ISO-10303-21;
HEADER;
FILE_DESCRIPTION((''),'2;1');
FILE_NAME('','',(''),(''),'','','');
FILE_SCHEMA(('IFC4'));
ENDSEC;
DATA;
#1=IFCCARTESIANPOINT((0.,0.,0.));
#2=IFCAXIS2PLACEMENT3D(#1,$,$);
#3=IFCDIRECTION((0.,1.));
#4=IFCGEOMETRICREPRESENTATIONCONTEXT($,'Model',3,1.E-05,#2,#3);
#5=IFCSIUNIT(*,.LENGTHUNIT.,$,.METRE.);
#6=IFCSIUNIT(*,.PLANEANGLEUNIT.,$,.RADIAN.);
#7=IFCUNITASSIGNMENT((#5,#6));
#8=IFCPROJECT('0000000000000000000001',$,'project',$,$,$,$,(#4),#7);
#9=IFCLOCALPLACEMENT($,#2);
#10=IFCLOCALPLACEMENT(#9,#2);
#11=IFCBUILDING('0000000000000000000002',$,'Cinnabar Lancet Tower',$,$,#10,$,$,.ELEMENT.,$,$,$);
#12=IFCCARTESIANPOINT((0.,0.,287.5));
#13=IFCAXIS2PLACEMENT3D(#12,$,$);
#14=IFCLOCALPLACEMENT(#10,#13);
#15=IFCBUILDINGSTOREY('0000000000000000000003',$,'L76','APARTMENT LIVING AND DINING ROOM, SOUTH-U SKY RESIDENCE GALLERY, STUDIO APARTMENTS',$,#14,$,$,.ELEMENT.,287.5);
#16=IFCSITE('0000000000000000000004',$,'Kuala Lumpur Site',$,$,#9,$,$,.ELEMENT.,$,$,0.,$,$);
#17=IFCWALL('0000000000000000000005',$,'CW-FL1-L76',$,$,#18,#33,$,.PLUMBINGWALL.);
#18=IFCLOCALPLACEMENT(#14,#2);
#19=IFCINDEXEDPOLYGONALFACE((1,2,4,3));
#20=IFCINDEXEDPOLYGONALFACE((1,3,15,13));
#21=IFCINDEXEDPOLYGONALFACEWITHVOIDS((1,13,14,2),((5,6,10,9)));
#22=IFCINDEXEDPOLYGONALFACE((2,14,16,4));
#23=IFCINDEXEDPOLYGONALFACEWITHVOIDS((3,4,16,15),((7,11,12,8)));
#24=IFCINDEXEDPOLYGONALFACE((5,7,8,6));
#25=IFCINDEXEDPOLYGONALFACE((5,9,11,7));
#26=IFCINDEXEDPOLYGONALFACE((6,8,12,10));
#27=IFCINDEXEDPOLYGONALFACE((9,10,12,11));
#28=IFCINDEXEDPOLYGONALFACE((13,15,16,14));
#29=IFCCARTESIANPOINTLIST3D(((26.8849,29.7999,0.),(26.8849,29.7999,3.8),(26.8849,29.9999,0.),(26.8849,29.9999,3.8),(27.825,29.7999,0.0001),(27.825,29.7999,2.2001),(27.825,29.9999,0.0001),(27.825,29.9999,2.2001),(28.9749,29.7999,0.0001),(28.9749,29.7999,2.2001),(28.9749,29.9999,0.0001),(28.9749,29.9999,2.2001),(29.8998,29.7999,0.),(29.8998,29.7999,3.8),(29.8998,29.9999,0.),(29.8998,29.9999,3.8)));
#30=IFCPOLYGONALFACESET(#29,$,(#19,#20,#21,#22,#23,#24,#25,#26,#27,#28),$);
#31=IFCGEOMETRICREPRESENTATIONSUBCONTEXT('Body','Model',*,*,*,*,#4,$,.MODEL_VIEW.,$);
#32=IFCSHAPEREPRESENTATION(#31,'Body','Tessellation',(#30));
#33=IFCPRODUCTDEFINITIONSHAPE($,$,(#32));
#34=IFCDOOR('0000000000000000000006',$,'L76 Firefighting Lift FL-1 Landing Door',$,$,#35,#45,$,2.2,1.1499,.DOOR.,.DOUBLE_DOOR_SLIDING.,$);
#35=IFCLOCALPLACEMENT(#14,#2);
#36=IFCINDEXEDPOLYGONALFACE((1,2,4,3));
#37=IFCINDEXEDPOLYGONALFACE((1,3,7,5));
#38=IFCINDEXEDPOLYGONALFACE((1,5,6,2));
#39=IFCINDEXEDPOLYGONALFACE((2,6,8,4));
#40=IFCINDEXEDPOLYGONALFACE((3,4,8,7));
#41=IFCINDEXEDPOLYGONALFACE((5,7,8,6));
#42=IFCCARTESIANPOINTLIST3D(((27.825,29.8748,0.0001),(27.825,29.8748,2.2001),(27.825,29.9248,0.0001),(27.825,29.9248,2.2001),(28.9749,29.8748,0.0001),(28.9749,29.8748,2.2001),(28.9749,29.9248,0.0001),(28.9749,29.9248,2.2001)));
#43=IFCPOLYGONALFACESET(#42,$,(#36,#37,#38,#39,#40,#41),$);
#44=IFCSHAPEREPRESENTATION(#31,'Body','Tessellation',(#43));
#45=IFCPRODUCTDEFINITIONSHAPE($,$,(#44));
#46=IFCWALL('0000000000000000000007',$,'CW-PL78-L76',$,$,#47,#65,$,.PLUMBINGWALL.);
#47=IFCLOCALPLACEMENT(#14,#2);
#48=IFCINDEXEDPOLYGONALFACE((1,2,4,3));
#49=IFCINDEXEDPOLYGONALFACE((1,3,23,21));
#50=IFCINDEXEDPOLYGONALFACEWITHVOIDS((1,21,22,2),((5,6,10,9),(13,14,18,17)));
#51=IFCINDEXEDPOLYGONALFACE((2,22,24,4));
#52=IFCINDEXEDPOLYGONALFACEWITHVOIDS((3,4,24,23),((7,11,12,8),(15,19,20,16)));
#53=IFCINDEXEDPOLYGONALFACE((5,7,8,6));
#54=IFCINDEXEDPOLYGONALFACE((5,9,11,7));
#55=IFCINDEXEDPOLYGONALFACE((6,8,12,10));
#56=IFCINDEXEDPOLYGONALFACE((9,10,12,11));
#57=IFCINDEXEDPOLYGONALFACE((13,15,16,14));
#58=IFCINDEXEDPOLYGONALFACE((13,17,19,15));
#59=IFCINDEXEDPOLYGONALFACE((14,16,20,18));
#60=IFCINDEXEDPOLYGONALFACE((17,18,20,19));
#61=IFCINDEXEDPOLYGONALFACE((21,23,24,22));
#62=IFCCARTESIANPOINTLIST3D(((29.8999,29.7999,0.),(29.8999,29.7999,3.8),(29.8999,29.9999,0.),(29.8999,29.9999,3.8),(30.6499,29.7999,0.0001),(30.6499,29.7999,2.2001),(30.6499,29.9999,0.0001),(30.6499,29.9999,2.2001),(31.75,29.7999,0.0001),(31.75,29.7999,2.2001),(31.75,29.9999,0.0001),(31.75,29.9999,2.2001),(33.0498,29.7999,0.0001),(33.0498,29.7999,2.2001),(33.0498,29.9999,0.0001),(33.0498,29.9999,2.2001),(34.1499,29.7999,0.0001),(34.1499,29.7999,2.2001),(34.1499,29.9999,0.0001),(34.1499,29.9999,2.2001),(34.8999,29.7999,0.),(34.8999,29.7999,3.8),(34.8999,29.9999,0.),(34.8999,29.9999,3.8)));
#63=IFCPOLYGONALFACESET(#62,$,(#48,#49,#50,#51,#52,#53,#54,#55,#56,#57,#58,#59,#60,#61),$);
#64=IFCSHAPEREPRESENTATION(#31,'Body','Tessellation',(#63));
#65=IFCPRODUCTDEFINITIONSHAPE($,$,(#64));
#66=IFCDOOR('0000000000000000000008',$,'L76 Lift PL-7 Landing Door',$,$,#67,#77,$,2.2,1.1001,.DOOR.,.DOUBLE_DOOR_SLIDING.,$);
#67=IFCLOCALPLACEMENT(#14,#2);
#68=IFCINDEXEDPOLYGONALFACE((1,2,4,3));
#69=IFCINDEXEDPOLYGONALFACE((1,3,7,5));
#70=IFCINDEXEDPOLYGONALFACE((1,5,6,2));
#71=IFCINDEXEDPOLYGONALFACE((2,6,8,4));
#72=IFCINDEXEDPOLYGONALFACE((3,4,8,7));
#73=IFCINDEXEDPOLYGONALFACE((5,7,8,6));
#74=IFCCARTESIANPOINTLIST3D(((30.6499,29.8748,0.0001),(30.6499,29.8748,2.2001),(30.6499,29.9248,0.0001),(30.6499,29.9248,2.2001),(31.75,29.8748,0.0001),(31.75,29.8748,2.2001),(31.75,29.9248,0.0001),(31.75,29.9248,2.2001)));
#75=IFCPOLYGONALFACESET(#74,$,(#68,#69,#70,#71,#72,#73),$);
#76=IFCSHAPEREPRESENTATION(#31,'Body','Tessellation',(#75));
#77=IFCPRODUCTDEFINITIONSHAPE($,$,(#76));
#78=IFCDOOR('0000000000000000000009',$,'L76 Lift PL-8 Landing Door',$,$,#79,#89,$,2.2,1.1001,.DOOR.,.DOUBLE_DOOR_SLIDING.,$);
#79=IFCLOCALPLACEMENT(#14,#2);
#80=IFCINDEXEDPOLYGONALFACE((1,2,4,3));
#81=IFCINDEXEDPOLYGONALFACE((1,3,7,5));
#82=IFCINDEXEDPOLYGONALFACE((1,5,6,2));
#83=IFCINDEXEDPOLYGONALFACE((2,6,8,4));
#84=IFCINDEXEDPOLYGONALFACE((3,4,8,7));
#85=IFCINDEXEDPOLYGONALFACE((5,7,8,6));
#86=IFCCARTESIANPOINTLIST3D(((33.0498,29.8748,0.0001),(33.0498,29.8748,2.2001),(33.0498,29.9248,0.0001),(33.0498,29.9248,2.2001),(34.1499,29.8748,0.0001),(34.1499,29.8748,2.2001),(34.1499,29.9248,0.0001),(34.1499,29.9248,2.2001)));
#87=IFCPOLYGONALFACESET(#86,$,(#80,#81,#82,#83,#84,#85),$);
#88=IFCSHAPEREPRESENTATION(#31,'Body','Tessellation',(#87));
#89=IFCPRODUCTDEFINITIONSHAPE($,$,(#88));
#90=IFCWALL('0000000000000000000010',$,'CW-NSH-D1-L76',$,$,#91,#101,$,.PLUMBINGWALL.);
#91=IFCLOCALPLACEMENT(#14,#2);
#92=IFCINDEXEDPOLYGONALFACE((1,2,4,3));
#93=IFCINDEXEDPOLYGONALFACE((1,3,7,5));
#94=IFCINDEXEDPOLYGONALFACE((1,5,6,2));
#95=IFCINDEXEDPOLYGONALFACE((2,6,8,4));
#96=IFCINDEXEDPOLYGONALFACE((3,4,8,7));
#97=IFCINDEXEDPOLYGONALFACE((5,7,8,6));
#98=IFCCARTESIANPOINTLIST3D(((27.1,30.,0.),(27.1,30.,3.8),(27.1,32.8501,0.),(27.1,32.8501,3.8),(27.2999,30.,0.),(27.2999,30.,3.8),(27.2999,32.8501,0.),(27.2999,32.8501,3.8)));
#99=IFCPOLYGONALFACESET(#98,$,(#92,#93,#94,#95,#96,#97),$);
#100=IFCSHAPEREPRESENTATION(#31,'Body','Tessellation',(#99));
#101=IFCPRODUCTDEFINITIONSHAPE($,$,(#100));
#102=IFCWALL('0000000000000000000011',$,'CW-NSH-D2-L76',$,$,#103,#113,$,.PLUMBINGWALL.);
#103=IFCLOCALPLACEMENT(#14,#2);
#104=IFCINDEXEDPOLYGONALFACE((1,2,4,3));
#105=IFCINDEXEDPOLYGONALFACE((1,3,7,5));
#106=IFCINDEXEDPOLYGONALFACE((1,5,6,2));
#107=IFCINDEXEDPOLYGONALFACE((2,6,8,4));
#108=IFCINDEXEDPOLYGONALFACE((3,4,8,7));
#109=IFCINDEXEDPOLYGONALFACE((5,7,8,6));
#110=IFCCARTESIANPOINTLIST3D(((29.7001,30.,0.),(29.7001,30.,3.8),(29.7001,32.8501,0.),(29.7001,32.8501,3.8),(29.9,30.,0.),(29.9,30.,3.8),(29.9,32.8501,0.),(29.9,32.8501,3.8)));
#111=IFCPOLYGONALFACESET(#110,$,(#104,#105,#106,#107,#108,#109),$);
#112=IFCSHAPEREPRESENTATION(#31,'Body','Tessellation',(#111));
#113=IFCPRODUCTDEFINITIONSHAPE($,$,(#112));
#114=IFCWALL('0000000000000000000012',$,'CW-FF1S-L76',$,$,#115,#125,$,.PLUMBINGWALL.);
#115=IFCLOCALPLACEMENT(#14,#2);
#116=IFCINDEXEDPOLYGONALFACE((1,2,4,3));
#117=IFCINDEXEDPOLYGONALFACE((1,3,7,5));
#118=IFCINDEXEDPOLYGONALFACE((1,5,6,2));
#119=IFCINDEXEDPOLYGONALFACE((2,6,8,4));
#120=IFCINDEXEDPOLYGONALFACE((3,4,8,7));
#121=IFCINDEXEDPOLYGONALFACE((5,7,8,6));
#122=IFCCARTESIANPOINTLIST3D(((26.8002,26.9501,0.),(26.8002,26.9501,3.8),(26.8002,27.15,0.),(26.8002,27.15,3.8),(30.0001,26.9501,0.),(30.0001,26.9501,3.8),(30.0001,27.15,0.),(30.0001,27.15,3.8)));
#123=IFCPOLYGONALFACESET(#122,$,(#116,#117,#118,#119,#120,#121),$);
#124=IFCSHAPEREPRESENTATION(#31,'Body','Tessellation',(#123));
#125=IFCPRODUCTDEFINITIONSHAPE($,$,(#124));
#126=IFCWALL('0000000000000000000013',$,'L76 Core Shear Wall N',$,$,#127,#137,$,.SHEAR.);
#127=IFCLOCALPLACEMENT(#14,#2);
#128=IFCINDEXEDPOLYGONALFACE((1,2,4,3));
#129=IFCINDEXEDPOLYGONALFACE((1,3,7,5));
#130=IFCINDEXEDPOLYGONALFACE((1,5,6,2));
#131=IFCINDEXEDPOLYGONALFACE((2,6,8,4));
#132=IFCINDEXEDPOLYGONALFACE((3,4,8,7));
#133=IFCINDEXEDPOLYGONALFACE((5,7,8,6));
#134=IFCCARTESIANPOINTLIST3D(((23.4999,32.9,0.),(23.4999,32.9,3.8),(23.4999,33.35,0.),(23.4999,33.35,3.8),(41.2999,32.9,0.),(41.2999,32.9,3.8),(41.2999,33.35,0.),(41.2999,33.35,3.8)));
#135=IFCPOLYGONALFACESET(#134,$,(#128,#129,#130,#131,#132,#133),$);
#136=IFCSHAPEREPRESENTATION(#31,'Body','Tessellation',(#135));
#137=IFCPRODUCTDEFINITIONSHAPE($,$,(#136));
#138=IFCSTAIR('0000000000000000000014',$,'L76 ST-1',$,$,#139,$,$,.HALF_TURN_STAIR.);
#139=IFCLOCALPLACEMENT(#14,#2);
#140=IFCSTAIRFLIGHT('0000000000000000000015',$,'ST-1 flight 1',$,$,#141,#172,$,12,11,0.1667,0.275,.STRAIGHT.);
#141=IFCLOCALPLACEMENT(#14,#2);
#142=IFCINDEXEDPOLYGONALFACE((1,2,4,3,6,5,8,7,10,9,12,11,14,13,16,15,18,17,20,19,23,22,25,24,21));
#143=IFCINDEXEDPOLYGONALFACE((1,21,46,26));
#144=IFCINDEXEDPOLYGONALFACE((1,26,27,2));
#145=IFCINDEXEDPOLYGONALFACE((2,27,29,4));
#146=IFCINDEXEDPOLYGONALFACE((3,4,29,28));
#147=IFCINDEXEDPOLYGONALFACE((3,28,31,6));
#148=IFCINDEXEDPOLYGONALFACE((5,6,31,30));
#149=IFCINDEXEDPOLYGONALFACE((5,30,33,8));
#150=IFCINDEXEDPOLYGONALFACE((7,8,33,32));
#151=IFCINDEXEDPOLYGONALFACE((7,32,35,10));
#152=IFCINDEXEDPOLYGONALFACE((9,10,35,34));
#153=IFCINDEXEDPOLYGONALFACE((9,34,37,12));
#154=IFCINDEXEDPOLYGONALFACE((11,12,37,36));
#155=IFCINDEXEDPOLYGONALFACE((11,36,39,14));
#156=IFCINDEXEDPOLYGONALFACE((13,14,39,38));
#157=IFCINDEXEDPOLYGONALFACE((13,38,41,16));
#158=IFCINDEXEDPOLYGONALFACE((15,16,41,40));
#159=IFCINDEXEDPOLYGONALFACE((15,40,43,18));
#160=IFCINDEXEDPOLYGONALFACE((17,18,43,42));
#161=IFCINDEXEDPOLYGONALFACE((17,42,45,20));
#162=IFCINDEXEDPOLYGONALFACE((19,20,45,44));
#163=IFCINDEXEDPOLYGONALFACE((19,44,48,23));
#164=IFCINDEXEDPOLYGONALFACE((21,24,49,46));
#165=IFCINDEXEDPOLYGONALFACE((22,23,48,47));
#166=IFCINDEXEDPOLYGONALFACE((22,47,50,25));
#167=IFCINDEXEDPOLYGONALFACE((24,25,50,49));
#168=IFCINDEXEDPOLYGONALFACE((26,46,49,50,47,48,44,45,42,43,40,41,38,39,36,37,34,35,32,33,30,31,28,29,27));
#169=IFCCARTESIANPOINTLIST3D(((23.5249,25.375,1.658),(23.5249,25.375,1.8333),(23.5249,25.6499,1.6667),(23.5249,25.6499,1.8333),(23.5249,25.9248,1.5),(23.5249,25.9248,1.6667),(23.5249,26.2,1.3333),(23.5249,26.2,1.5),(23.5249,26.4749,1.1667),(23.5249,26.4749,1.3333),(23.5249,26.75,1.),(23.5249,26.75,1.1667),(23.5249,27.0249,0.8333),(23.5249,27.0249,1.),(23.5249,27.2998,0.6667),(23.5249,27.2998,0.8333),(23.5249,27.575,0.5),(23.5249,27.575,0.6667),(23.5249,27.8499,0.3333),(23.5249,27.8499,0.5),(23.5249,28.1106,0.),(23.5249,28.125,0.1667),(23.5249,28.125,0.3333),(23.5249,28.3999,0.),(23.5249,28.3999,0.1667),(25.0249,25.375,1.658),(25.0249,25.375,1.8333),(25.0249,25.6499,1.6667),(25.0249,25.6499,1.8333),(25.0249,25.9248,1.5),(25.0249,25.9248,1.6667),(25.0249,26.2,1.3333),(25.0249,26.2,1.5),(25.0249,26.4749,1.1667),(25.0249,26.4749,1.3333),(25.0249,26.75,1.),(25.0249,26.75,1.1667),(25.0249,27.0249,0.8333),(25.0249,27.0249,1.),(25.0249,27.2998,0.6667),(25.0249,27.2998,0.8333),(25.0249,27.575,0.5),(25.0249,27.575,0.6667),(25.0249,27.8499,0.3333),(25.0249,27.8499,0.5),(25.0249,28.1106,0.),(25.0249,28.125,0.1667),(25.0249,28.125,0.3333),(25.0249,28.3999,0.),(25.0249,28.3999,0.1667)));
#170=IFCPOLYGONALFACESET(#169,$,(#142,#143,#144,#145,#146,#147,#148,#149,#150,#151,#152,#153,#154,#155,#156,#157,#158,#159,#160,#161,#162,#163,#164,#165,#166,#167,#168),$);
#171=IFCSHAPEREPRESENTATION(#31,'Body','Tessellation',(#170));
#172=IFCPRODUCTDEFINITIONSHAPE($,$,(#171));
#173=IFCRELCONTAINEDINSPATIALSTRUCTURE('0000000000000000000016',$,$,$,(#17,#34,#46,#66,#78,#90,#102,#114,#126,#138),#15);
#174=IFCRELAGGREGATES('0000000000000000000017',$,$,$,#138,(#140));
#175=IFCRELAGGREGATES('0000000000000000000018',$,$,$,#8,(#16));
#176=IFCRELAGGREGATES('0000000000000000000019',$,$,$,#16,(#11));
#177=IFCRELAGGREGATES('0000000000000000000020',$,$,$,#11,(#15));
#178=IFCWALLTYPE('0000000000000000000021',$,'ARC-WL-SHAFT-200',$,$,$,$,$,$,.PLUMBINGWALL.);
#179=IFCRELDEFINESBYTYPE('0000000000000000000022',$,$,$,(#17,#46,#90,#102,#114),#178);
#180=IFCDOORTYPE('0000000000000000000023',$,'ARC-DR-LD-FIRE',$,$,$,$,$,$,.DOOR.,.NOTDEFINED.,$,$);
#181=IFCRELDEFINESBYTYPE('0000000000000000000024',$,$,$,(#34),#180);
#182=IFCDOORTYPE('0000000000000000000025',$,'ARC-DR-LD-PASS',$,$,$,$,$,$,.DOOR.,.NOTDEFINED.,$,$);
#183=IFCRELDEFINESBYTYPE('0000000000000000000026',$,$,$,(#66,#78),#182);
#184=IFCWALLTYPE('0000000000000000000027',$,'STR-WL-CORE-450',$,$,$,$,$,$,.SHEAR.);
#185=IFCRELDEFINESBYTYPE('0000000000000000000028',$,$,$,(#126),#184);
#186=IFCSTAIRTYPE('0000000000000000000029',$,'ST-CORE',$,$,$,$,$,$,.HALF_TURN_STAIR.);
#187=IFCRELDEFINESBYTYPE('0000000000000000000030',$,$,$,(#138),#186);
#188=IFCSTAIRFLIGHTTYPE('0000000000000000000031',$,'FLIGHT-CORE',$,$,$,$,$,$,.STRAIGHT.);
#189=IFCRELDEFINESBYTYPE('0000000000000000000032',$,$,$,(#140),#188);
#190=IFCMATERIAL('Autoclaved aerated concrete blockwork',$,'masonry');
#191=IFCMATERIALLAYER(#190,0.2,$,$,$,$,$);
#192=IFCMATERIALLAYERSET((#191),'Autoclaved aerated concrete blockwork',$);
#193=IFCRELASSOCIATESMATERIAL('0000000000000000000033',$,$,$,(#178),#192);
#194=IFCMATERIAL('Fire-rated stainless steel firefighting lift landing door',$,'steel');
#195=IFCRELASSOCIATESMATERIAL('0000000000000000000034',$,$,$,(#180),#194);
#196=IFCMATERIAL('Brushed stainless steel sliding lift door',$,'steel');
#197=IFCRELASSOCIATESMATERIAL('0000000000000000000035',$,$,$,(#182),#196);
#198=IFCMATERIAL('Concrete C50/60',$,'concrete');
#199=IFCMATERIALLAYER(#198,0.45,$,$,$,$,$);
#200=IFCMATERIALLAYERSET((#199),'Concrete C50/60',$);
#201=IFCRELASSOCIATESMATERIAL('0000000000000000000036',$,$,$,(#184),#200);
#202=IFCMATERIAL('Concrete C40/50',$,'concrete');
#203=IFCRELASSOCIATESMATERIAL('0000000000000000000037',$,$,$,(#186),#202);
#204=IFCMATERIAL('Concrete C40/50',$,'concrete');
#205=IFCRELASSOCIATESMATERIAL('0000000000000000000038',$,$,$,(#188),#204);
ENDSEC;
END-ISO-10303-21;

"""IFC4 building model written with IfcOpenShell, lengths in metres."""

from ifc_helpers import new_model, si_unit, direction, frame, frame_2d, origin, place, context, subcontext, project, spatial, polyline, rectangle, outline, extrude, material, layer, layer_set, type_object, element, fill, aggregate, save


model = new_model("IFC4")

# Units and contexts
model_context = context("Model", 3, precision=1e-05, world=origin(), true_north=direction((0.0, 1.0)))
body_context = subcontext(model_context, "Body", "Model", "MODEL_VIEW")
ifc_project = project(units=[si_unit("LENGTHUNIT", "METRE"), si_unit("PLANEANGLEUNIT", "RADIAN")], contexts=[model_context])

# Site, building, storey
site_placement = place(None, origin())
site = spatial("IfcSite", under=ifc_project, at=site_placement, Name="Kuala Lumpur Site", CompositionType="ELEMENT", RefElevation=0.0)
building_placement = place(site_placement, origin())
building = spatial("IfcBuilding", under=site, at=building_placement, Name="Cinnabar Lancet Tower", CompositionType="ELEMENT")
storey_placement = place(building_placement, frame((0.0, 0.0, 287.5)))
storey = spatial("IfcBuildingStorey", under=building, at=storey_placement, Name="L76", Description="APARTMENT LIVING AND DINING ROOM, SOUTH-U SKY RESIDENCE GALLERY, STUDIO APARTMENTS", CompositionType="ELEMENT", Elevation=287.5)

# Wall, opening, door
ifc_material_1 = material(Name="Autoclaved aerated concrete blockwork", Category="masonry")
ifc_layer_1 = layer(ifc_material_1, 0.2)
ifc_layer_set_1 = layer_set([ifc_layer_1], Name="Autoclaved aerated concrete blockwork")
wall_type_1 = type_object("IfcWallType", Name="ARC-WL-SHAFT-200", PredefinedType="PLUMBINGWALL", material=ifc_layer_set_1)
wall_1_placement = place(storey_placement, frame((26.885, 29.8999, 0.0), z_axis=(0.0, 0.0, 1.0), x_axis=(1.0, 0.0, 0.0)))
wall_1 = element("IfcWall", 1, at=wall_1_placement, inside=storey, type_object=wall_type_1, Name="CW-FL1-L76", PredefinedType="PLUMBINGWALL", context=body_context, shape_type="SweptSolid", body=[
    extrude(rectangle(XDim=3.0149, YDim=0.2, at=frame_2d((1.5073, 0.0))), origin(), (0.0, 0.0, 1.0), 3.8),
])
opening_1_placement = place(wall_1_placement, frame((0.9399, 0.0, 0.0)))
opening_1 = element("IfcOpeningElement", 2, at=opening_1_placement, cuts=wall_1, PredefinedType="OPENING", context=body_context, shape_type="SweptSolid", body=[
    extrude(rectangle(XDim=1.1499, YDim=2.2, at=frame_2d((0.575, 1.1001))), frame((0.0, 0.1099, 0.0), z_axis=(0.0, -1.0, 0.0), x_axis=(1.0, 0.0, 0.0)), (0.0, 0.0, 1.0), 0.22),
])
ifc_material_2 = material(Name="Fire-rated stainless steel firefighting lift landing door", Category="steel")
door_type_1 = type_object("IfcDoorType", Name="ARC-DR-LD-FIRE", OperationType="NOTDEFINED", PredefinedType="DOOR", material=ifc_material_2)
door_1_placement = place(opening_1_placement, origin())
door_1 = element("IfcDoor", 3, at=door_1_placement, inside=storey, type_object=door_type_1, Name="L76 Firefighting Lift FL-1 Landing Door", OperationType="DOUBLE_DOOR_SLIDING", OverallHeight=2.2, OverallWidth=1.1499, PredefinedType="DOOR", context=body_context, shape_type="SweptSolid", body=[
    extrude(rectangle(XDim=1.1499, YDim=2.2, at=frame_2d((0.575, 1.1001))), frame((0.0, 0.0249, 0.0), z_axis=(0.0, -1.0, 0.0), x_axis=(1.0, 0.0, 0.0)), (0.0, 0.0, 1.0), 0.05),
])
fill(opening_1, door_1)

# Wall, openings, doors
wall_2_placement = place(storey_placement, frame((29.8999, 29.8999, 0.0), z_axis=(0.0, 0.0, 1.0), x_axis=(1.0, 0.0, 0.0)))
wall_2 = element("IfcWall", 4, at=wall_2_placement, inside=storey, type_object=wall_type_1, Name="CW-PL78-L76", PredefinedType="PLUMBINGWALL", context=body_context, shape_type="SweptSolid", body=[
    extrude(rectangle(XDim=5.0, YDim=0.2, at=frame_2d((2.5, 0.0))), origin(), (0.0, 0.0, 1.0), 3.8),
])
opening_2_placement = place(wall_2_placement, frame((0.75, 0.0, 0.0)))
opening_2 = element("IfcOpeningElement", 5, at=opening_2_placement, cuts=wall_2, PredefinedType="OPENING", context=body_context, shape_type="SweptSolid", body=[
    extrude(rectangle(XDim=1.1001, YDim=2.2, at=frame_2d((0.55, 1.1001))), frame((0.0, 0.1099, 0.0), z_axis=(0.0, -1.0, 0.0), x_axis=(1.0, 0.0, 0.0)), (0.0, 0.0, 1.0), 0.22),
])
opening_3_placement = place(wall_2_placement, frame((3.1499, 0.0, 0.0)))
opening_3 = element("IfcOpeningElement", 6, at=opening_3_placement, cuts=wall_2, PredefinedType="OPENING", context=body_context, shape_type="SweptSolid", body=[
    extrude(rectangle(XDim=1.1001, YDim=2.2, at=frame_2d((0.55, 1.1001))), frame((0.0, 0.1099, 0.0), z_axis=(0.0, -1.0, 0.0), x_axis=(1.0, 0.0, 0.0)), (0.0, 0.0, 1.0), 0.22),
])
ifc_material_3 = material(Name="Brushed stainless steel sliding lift door", Category="steel")
door_type_2 = type_object("IfcDoorType", Name="ARC-DR-LD-PASS", OperationType="NOTDEFINED", PredefinedType="DOOR", material=ifc_material_3)
door_2_placement = place(opening_2_placement, origin())
door_2 = element("IfcDoor", 7, at=door_2_placement, inside=storey, type_object=door_type_2, Name="L76 Lift PL-7 Landing Door", OperationType="DOUBLE_DOOR_SLIDING", OverallHeight=2.2, OverallWidth=1.1001, PredefinedType="DOOR", context=body_context, shape_type="SweptSolid", body=[
    extrude(rectangle(XDim=1.1001, YDim=2.2, at=frame_2d((0.55, 1.1001))), frame((0.0, 0.0249, 0.0), z_axis=(0.0, -1.0, 0.0), x_axis=(1.0, 0.0, 0.0)), (0.0, 0.0, 1.0), 0.05),
])
fill(opening_2, door_2)
door_3_placement = place(opening_3_placement, origin())
door_3 = element("IfcDoor", 8, at=door_3_placement, inside=storey, type_object=door_type_2, Name="L76 Lift PL-8 Landing Door", OperationType="DOUBLE_DOOR_SLIDING", OverallHeight=2.2, OverallWidth=1.1001, PredefinedType="DOOR", context=body_context, shape_type="SweptSolid", body=[
    extrude(rectangle(XDim=1.1001, YDim=2.2, at=frame_2d((0.55, 1.1001))), frame((0.0, 0.0249, 0.0), z_axis=(0.0, -1.0, 0.0), x_axis=(1.0, 0.0, 0.0)), (0.0, 0.0, 1.0), 0.05),
])
fill(opening_3, door_3)

# Walls
for number, where, z_axis, x_axis, name in (
    (9, (27.2, 30.0, 0.0), (0.0, 0.0, 1.0), (0.0, 1.0, 0.0), "CW-NSH-D1-L76"),
    (10, (29.8, 30.0, 0.0), (0.0, 0.0, 1.0), (0.0, 1.0, 0.0), "CW-NSH-D2-L76"),
):
    element("IfcWall", number, at=place(storey_placement, frame(where, z_axis=z_axis, x_axis=x_axis)), inside=storey, type_object=wall_type_1, Name=name, PredefinedType="PLUMBINGWALL", context=body_context, shape_type="SweptSolid", body=[
        extrude(rectangle(XDim=2.8501, YDim=0.2, at=frame_2d((1.425, 0.0))), origin(), (0.0, 0.0, 1.0), 3.8),
    ])
wall_3_placement = place(storey_placement, frame((26.8, 27.05, 0.0), z_axis=(0.0, 0.0, 1.0), x_axis=(1.0, 0.0, 0.0)))
element("IfcWall", 11, at=wall_3_placement, inside=storey, type_object=wall_type_1, Name="CW-FF1S-L76", PredefinedType="PLUMBINGWALL", context=body_context, shape_type="SweptSolid", body=[
    extrude(rectangle(XDim=3.2, YDim=0.2, at=frame_2d((1.6001, 0.0))), origin(), (0.0, 0.0, 1.0), 3.8),
])
ifc_material_4 = material(Name="Concrete C50/60", Category="concrete")
ifc_layer_2 = layer(ifc_material_4, 0.45)
ifc_layer_set_2 = layer_set([ifc_layer_2], Name="Concrete C50/60")
wall_type_2 = type_object("IfcWallType", Name="STR-WL-CORE-450", PredefinedType="SHEAR", material=ifc_layer_set_2)
wall_4_placement = place(storey_placement, frame((23.5, 33.125, 0.0), z_axis=(0.0, 0.0, 1.0), x_axis=(1.0, 0.0, 0.0)))
element("IfcWall", 12, at=wall_4_placement, inside=storey, type_object=wall_type_2, Name="L76 Core Shear Wall N", PredefinedType="SHEAR", context=body_context, shape_type="SweptSolid", body=[
    extrude(rectangle(XDim=17.8, YDim=0.45, at=frame_2d((8.8999, 0.0))), origin(), (0.0, 0.0, 1.0), 3.8),
])

# Stair, stair flight
ifc_material_5 = material(Name="Concrete C40/50", Category="concrete")
stair_type = type_object("IfcStairType", Name="ST-CORE", PredefinedType="HALF_TURN_STAIR", material=ifc_material_5)
stair_placement = place(storey_placement, origin())
stair = element("IfcStair", 13, at=stair_placement, inside=storey, type_object=stair_type, Name="L76 ST-1", PredefinedType="HALF_TURN_STAIR")
ifc_material_6 = material(Name="Concrete C40/50", Category="concrete")
stair_flight_type = type_object("IfcStairFlightType", Name="FLIGHT-CORE", PredefinedType="STRAIGHT", material=ifc_material_6)
stair_flight_1_placement = place(storey_placement, frame((24.2749, 28.3999, 0.0), z_axis=(0.0, 0.0, 1.0), x_axis=(0.0, -1.0, 0.0)))
stair_flight_1 = element("IfcStairFlight", 14, at=stair_flight_1_placement, type_object=stair_flight_type, Name="ST-1 flight 1", NumberOfRisers=12, NumberOfTreads=11, PredefinedType="STRAIGHT", RiserHeight=0.1667, TreadLength=0.275, context=body_context, shape_type="SweptSolid", body=[
    extrude(outline(polyline([(0.0, 0.0), (0.0, 0.1667), (0.2749, 0.1667), (0.2749, 0.3333), (0.55, 0.3333), (0.55, 0.5), (0.825, 0.5), (0.825, 0.6667), (1.1001, 0.6667), (1.1001, 0.8333), (1.375, 0.8333), (1.375, 1.0), (1.6499, 1.0), (1.6499, 1.1667), (1.925, 1.1667), (1.925, 1.3333), (2.2, 1.3333), (2.2, 1.5), (2.4751, 1.5), (2.4751, 1.6667), (2.75, 1.6667), (2.75, 1.8333), (3.0249, 1.8333), (3.0249, 2.0), (3.0249, 1.658), (0.2893, 0.0), (0.0, 0.0)])), frame((0.0, 0.75, 0.0), z_axis=(0.0, -1.0, 0.0), x_axis=(1.0, 0.0, 0.0)), (0.0, 0.0, 1.0), 1.5),
])
aggregate(stair, [stair_flight_1])

save(model, "model.ifc")
